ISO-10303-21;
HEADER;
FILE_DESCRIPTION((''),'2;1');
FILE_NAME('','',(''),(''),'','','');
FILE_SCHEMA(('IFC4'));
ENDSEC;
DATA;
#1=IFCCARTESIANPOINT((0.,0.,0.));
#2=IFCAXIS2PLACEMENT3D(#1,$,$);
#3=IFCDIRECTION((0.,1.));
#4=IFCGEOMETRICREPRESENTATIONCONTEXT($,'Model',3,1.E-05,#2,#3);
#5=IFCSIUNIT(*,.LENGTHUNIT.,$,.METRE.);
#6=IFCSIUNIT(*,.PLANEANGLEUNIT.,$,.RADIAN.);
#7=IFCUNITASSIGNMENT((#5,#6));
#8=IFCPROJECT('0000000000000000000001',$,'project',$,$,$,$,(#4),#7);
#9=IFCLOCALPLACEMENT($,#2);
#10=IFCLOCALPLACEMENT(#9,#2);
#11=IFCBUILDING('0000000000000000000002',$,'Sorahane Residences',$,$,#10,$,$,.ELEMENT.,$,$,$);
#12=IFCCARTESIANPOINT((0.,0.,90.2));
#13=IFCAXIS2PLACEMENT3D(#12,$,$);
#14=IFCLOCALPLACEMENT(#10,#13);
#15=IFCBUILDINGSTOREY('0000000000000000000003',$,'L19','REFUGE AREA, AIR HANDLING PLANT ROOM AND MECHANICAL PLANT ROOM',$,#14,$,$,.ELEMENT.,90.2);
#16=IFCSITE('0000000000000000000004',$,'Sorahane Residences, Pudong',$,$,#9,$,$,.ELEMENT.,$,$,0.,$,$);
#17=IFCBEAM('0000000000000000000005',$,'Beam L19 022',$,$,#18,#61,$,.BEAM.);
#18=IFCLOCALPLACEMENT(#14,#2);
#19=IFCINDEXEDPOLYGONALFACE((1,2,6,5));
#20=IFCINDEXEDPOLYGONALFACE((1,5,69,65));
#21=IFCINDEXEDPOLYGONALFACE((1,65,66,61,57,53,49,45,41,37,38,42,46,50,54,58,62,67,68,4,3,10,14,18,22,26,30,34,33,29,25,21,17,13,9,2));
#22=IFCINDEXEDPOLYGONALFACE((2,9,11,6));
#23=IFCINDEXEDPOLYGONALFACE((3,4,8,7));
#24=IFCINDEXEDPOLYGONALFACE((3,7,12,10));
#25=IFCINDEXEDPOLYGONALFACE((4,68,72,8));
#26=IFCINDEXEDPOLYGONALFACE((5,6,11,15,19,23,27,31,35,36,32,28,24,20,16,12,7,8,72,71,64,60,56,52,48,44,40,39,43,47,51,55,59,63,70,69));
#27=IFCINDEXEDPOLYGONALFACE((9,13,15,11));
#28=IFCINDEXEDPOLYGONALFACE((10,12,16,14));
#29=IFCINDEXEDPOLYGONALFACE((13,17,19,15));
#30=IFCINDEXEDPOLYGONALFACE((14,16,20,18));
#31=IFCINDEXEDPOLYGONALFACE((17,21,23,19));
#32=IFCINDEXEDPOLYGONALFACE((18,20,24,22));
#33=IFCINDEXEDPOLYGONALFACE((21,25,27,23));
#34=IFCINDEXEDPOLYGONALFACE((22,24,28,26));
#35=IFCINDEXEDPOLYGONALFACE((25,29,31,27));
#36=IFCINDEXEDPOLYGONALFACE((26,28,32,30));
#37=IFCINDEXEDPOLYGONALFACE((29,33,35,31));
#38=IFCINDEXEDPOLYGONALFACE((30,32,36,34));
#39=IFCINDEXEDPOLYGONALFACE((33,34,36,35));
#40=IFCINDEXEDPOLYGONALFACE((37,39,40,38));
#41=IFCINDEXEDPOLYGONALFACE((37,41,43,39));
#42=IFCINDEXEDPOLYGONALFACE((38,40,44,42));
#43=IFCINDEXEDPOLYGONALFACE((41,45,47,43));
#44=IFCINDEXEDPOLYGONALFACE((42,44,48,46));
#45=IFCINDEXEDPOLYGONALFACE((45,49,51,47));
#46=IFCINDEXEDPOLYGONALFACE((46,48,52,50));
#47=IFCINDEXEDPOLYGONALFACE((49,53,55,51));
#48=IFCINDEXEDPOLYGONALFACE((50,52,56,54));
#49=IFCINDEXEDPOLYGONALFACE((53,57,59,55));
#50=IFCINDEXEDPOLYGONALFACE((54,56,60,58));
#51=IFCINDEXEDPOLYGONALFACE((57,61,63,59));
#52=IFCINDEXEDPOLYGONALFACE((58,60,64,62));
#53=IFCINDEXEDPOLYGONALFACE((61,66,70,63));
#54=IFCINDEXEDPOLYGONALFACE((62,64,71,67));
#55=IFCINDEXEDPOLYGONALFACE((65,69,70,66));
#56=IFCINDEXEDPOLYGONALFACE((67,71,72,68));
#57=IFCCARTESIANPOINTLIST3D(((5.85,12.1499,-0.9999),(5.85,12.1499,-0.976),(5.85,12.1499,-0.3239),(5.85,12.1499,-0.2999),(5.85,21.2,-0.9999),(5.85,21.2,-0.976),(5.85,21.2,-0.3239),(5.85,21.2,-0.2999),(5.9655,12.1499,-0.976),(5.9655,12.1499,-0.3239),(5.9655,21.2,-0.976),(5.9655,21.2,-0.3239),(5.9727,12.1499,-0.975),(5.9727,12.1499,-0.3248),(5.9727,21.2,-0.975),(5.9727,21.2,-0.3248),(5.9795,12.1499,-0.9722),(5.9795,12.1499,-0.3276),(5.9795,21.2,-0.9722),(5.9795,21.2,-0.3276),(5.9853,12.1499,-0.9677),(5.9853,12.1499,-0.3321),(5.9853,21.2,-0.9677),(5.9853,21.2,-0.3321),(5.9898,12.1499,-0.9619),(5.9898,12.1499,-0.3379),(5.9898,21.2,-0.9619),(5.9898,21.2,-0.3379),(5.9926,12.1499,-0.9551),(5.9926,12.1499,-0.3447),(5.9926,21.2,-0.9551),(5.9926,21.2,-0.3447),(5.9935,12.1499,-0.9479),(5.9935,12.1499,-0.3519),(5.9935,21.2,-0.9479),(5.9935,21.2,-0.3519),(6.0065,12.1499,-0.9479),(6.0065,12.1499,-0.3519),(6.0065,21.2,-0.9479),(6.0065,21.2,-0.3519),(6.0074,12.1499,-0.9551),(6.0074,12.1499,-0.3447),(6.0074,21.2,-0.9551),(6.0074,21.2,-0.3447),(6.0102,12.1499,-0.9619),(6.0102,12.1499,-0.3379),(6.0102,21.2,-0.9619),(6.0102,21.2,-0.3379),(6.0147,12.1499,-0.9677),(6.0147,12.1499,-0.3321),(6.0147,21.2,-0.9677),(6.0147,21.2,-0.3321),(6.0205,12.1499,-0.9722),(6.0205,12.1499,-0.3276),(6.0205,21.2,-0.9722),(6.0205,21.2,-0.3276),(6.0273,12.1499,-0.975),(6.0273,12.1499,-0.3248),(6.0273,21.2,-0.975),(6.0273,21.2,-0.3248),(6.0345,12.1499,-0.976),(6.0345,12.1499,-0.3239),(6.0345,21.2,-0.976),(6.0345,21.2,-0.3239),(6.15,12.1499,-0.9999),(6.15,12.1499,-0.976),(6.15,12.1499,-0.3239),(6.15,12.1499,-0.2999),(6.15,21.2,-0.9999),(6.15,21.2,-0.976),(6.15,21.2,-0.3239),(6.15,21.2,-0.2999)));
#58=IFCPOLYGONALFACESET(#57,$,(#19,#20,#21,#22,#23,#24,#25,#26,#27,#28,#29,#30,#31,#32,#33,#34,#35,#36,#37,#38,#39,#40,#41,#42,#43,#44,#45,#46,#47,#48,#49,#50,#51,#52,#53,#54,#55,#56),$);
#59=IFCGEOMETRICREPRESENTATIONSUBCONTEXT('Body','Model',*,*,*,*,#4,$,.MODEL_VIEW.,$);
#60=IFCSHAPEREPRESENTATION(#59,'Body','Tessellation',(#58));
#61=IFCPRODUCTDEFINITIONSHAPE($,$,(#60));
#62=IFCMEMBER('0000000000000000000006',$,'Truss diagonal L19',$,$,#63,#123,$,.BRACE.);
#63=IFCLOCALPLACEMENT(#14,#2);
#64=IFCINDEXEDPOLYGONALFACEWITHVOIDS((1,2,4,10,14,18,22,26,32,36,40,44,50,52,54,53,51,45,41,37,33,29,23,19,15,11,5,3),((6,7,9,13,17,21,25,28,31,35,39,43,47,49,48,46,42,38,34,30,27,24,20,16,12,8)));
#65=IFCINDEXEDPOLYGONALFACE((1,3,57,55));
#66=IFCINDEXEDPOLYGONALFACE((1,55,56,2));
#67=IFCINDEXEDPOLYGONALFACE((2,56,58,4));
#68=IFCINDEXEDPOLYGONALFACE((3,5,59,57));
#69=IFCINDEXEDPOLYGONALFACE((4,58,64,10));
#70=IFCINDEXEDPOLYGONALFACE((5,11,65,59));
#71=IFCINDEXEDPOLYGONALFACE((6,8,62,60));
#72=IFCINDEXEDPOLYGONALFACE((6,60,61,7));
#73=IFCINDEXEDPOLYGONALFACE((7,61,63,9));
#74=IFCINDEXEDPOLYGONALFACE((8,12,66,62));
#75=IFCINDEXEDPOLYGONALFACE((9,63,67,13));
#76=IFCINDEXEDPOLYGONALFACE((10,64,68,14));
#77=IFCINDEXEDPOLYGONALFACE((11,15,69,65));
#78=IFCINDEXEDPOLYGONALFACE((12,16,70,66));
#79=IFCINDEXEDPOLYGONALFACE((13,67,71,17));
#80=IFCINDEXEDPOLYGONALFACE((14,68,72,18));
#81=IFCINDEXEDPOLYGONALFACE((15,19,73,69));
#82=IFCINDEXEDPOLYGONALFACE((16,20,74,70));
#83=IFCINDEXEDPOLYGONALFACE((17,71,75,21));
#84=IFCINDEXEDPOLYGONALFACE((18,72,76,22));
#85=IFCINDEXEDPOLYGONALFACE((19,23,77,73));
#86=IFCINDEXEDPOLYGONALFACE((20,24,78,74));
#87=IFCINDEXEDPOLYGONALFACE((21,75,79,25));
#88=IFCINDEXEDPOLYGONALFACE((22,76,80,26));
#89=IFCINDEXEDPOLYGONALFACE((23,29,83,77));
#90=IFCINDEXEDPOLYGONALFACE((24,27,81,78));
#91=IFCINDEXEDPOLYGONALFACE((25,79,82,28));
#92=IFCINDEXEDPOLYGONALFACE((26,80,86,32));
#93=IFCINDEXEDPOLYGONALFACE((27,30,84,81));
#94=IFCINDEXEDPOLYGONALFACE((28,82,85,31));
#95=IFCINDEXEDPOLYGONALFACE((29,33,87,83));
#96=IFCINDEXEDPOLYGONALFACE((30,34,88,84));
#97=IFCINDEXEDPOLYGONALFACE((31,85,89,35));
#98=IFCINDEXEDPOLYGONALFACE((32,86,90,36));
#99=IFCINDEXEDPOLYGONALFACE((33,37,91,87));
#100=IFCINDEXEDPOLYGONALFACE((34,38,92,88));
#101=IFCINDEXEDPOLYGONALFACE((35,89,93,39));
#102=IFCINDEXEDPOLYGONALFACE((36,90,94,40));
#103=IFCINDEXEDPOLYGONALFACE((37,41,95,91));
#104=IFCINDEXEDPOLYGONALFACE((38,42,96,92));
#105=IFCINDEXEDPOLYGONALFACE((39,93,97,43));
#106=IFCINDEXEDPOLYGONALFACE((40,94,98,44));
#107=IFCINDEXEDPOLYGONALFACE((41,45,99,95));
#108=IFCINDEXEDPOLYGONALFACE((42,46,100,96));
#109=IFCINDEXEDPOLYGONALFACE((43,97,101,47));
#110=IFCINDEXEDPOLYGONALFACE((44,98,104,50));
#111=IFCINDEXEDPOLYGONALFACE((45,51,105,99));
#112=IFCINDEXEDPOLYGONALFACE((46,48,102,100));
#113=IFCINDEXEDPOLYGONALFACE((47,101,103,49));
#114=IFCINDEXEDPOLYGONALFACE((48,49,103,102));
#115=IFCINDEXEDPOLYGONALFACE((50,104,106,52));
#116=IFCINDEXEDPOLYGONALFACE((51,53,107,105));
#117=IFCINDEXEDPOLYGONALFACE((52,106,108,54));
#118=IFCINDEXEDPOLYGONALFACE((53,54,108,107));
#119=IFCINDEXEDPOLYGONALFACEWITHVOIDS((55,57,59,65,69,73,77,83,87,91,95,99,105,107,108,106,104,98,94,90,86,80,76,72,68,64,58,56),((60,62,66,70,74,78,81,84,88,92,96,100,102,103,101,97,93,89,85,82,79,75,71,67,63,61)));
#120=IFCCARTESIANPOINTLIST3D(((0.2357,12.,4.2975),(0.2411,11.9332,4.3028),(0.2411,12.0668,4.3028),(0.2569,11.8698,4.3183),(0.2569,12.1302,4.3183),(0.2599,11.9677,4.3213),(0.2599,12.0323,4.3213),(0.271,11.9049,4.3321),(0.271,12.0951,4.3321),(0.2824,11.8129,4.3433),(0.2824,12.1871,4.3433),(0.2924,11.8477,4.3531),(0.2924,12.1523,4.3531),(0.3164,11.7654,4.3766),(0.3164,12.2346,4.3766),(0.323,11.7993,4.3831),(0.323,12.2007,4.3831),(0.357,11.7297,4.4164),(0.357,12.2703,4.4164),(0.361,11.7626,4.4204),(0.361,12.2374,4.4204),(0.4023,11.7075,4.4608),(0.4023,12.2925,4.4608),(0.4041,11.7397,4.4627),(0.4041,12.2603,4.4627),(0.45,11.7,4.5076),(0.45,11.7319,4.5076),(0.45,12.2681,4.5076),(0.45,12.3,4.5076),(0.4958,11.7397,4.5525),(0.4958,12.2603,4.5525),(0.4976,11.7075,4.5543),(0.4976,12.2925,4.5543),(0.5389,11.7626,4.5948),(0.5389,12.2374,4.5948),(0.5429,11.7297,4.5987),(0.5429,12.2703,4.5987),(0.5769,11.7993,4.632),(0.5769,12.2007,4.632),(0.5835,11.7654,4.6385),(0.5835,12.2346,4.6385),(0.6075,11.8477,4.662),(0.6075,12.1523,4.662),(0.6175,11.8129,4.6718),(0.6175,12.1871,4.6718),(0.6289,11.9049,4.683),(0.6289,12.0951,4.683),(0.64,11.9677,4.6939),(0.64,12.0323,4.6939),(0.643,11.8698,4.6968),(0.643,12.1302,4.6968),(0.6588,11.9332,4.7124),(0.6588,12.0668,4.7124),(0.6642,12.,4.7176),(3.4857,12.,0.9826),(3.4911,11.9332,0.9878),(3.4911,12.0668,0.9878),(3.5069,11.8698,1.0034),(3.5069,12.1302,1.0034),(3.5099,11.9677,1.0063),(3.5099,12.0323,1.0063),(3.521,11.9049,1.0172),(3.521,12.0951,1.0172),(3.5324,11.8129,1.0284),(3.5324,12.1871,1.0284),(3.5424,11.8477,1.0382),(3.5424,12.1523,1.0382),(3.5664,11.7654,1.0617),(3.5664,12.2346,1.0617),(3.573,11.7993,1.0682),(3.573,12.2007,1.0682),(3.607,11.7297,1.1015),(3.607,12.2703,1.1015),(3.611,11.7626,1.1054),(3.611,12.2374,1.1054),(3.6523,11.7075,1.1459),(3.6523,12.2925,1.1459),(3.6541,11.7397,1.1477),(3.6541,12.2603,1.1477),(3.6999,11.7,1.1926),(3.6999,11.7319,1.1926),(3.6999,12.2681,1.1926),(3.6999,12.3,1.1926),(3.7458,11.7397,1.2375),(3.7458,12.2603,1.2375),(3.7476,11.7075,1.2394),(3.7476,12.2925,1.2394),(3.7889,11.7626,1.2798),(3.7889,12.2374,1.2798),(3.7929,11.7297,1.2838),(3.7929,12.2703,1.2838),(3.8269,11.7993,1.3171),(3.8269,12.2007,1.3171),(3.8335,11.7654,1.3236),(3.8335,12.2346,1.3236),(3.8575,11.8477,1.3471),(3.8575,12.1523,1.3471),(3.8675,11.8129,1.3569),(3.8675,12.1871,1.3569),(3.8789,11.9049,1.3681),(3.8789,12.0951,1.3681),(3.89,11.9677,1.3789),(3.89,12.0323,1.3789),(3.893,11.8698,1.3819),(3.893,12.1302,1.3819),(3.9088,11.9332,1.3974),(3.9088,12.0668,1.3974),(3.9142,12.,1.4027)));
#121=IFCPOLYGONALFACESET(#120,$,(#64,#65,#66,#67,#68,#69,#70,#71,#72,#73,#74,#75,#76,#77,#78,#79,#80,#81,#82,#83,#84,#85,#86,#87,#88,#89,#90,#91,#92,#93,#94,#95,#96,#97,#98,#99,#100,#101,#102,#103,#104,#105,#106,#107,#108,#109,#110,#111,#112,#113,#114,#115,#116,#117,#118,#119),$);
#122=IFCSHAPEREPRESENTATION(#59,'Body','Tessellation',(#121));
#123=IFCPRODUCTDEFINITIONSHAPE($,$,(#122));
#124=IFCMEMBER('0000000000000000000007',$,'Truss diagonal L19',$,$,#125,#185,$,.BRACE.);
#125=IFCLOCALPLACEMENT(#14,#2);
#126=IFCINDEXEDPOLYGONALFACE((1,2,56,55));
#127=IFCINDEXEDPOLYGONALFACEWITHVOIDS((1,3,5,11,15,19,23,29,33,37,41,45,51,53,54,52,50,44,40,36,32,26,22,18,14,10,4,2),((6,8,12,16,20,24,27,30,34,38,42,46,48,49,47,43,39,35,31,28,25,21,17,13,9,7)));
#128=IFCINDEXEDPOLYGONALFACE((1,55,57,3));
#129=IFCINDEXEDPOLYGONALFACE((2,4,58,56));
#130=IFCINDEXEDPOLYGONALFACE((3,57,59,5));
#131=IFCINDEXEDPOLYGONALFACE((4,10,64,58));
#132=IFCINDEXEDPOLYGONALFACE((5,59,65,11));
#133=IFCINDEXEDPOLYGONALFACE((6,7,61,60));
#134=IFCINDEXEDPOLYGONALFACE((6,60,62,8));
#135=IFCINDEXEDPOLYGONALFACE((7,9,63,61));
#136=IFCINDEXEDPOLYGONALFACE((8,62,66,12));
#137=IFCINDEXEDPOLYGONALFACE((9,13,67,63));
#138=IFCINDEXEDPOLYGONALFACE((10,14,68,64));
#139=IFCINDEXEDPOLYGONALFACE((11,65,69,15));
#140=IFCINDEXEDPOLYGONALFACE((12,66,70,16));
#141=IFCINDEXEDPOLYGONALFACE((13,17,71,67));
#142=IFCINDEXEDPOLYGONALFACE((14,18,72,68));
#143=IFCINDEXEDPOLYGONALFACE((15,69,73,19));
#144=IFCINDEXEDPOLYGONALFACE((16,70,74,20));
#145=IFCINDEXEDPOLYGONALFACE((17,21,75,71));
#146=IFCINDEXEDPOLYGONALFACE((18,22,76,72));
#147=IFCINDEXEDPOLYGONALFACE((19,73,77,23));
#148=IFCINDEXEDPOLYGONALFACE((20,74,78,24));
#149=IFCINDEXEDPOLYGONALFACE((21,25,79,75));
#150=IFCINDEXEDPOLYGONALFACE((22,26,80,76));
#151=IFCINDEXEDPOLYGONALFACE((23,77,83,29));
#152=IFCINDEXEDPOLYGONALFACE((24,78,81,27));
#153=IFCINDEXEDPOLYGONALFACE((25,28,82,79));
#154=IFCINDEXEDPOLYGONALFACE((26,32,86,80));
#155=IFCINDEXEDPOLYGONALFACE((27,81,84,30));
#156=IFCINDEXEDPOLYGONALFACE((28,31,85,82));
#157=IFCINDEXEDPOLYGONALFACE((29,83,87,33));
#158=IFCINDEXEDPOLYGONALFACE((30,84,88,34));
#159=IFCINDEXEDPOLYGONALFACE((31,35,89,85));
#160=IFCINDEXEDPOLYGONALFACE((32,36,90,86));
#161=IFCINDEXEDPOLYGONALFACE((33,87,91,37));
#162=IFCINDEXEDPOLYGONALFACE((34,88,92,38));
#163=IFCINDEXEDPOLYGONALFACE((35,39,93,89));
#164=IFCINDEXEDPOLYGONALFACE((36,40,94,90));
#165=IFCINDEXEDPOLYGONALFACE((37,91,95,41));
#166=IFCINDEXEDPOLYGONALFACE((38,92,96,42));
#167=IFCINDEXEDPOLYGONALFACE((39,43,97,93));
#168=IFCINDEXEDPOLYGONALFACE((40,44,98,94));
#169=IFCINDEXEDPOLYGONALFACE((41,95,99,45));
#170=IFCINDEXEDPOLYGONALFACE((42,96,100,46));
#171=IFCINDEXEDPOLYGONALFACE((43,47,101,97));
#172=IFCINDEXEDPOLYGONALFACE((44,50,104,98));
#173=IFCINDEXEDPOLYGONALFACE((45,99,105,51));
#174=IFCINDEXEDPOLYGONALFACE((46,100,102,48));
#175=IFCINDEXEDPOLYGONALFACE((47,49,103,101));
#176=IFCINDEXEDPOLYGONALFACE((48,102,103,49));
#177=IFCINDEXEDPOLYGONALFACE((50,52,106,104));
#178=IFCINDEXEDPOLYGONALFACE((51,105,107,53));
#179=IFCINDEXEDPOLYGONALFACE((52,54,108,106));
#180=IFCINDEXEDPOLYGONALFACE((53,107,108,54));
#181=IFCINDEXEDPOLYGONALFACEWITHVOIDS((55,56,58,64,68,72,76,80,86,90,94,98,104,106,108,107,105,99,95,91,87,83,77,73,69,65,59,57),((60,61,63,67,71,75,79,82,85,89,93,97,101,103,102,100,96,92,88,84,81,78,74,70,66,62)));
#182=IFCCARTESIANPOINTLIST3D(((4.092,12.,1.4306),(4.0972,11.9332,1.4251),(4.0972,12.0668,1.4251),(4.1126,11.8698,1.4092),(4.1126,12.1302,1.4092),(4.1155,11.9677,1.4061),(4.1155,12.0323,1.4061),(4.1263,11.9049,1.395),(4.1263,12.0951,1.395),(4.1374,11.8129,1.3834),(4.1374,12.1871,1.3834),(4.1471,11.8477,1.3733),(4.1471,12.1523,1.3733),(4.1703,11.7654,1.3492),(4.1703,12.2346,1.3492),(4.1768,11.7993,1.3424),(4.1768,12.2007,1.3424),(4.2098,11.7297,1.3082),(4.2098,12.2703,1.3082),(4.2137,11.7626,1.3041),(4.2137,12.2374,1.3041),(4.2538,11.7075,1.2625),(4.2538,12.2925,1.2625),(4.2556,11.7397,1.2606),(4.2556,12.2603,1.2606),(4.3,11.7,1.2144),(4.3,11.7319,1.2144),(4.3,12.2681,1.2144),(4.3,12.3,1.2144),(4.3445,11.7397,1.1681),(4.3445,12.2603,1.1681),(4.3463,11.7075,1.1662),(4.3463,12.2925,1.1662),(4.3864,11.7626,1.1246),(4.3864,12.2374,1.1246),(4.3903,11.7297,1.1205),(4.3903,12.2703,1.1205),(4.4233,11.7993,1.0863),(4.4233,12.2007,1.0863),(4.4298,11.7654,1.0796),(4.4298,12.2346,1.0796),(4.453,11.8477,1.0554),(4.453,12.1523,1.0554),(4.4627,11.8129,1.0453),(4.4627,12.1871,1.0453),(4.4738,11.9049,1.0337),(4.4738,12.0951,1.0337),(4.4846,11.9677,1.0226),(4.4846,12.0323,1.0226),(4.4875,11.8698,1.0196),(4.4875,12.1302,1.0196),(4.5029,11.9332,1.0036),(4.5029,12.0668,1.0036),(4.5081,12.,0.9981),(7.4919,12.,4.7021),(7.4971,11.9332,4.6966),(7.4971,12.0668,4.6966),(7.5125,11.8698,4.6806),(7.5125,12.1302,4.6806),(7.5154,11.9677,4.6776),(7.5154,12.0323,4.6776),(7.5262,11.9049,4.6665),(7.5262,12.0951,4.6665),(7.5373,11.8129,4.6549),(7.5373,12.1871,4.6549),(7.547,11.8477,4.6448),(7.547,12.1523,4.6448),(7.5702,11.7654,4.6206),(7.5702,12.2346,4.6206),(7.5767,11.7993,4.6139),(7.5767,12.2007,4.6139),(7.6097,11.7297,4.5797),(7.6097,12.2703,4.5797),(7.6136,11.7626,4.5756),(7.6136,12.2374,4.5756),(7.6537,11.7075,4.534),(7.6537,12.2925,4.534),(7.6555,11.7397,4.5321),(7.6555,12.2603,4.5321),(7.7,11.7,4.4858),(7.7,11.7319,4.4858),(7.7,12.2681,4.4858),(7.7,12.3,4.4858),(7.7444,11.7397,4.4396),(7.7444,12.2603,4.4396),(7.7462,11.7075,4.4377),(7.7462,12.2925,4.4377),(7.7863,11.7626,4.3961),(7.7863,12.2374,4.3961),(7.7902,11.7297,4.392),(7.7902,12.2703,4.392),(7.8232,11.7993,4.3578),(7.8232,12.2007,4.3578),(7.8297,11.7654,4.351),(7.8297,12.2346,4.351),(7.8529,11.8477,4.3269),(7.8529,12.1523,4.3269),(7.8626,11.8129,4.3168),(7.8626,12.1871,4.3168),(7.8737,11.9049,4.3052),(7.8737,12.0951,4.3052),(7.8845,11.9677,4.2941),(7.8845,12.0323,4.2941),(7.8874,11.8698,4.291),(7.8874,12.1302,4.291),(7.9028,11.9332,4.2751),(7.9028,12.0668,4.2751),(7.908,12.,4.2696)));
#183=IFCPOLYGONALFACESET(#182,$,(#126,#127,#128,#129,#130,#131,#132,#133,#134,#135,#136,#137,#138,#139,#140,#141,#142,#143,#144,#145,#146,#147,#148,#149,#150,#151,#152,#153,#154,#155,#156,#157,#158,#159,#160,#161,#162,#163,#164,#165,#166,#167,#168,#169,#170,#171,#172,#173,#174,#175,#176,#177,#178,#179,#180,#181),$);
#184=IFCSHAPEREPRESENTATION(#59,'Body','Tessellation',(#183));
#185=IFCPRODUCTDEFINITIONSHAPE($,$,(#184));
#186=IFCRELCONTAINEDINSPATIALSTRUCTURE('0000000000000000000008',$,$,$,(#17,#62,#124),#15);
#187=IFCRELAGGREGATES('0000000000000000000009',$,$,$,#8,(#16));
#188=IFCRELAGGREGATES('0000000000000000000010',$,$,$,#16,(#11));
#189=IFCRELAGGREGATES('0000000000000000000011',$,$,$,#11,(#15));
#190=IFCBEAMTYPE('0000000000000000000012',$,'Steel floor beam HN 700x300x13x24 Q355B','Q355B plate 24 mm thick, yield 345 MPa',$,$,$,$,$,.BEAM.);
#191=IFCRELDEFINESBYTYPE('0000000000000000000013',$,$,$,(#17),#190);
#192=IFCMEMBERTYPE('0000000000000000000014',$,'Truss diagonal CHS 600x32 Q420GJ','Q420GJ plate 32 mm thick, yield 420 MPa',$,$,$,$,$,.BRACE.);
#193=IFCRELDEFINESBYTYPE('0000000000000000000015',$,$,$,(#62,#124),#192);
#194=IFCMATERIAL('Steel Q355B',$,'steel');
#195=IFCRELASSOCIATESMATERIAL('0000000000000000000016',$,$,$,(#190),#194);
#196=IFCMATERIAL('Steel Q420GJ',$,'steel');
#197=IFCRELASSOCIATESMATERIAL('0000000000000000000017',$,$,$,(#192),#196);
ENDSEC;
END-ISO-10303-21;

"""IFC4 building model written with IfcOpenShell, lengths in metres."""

from ifc_helpers import new_model, si_unit, direction, frame, origin, origin_2d, place, context, subcontext, project, spatial, hollow_circle, i_section, extrude, material, material_profile, profile_set, type_object, element, save


model = new_model("IFC4")

# Units and contexts
model_context = context("Model", 3, precision=1e-05, world=origin(), true_north=direction((0.0, 1.0)))
body_context = subcontext(model_context, "Body", "Model", "MODEL_VIEW")
ifc_project = project(units=[si_unit("LENGTHUNIT", "METRE"), si_unit("PLANEANGLEUNIT", "RADIAN")], contexts=[model_context])

# Site, building, storey
site_placement = place(None, origin())
site = spatial("IfcSite", under=ifc_project, at=site_placement, Name="Sorahane Residences, Pudong", CompositionType="ELEMENT", RefElevation=0.0)
building_placement = place(site_placement, origin())
building = spatial("IfcBuilding", under=site, at=building_placement, Name="Sorahane Residences", CompositionType="ELEMENT")
storey_placement = place(building_placement, frame((0.0, 0.0, 90.2)))
storey = spatial("IfcBuildingStorey", under=building, at=storey_placement, Name="L19", Description="REFUGE AREA, AIR HANDLING PLANT ROOM AND MECHANICAL PLANT ROOM", CompositionType="ELEMENT", Elevation=90.2)

# Beam
ifc_material_1 = material(Name="Steel Q355B", Category="steel")
ifc_material_profile_1 = material_profile(ifc_material_1, i_section(OverallWidth=0.3, OverallDepth=0.7, WebThickness=0.0129, FlangeThickness=0.0239, FilletRadius=0.0281, at=origin_2d()), Name="HN 700x300x13x24")
ifc_profile_set_1 = profile_set([ifc_material_profile_1], Name="Steel Q355B")
beam_type_1 = type_object("IfcBeamType", Name="Steel floor beam HN 700x300x13x24 Q355B", Description="Q355B plate 24 mm thick, yield 345 MPa", PredefinedType="BEAM", material=ifc_profile_set_1)
beam_1_placement = place(storey_placement, frame((6.0, 12.1499, -0.6499), z_axis=(0.0, 1.0, 0.0), x_axis=(-1.0, 0.0, 0.0)))
element("IfcBeam", 1, at=beam_1_placement, inside=storey, type_object=beam_type_1, Name="Beam L19 022", PredefinedType="BEAM", context=body_context, shape_type="SweptSolid", body=[
    extrude(i_section(OverallWidth=0.3, OverallDepth=0.7, WebThickness=0.0129, FlangeThickness=0.0239, FilletRadius=0.0281, at=origin_2d()), origin(), (0.0, 0.0, 1.0), 9.05),
])

# Members
ifc_material_2 = material(Name="Steel Q420GJ", Category="steel")
ifc_material_profile_2 = material_profile(ifc_material_2, hollow_circle(Radius=0.3, WallThickness=0.032, at=origin_2d()), Name="CHS 600x32")
ifc_profile_set_2 = profile_set([ifc_material_profile_2], Name="Steel Q420GJ")
member_type = type_object("IfcMemberType", Name="Truss diagonal CHS 600x32 Q420GJ", Description="Q420GJ plate 32 mm thick, yield 420 MPa", PredefinedType="BRACE", material=ifc_profile_set_2)
member_1_placement = place(storey_placement, frame((0.45, 12.0, 4.5076), z_axis=(0.700078, 0.0, -0.714067), x_axis=(0.0, 1.0, 0.0)))
element("IfcMember", 2, at=member_1_placement, inside=storey, type_object=member_type, Name="Truss diagonal L19", PredefinedType="BRACE", context=body_context, shape_type="SweptSolid", body=[
    extrude(hollow_circle(Radius=0.3, WallThickness=0.032, at=origin_2d()), origin(), (0.0, 0.0, 1.0), 4.6423),
])
member_2_placement = place(storey_placement, frame((4.3, 12.0, 1.2144), z_axis=(0.720584, 0.0, 0.693367), x_axis=(0.0, 1.0, 0.0)))
element("IfcMember", 3, at=member_2_placement, inside=storey, type_object=member_type, Name="Truss diagonal L19", PredefinedType="BRACE", context=body_context, shape_type="SweptSolid", body=[
    extrude(hollow_circle(Radius=0.3, WallThickness=0.032, at=origin_2d()), origin(), (0.0, 0.0, 1.0), 4.7183),
])

save(model, "model.ifc")
